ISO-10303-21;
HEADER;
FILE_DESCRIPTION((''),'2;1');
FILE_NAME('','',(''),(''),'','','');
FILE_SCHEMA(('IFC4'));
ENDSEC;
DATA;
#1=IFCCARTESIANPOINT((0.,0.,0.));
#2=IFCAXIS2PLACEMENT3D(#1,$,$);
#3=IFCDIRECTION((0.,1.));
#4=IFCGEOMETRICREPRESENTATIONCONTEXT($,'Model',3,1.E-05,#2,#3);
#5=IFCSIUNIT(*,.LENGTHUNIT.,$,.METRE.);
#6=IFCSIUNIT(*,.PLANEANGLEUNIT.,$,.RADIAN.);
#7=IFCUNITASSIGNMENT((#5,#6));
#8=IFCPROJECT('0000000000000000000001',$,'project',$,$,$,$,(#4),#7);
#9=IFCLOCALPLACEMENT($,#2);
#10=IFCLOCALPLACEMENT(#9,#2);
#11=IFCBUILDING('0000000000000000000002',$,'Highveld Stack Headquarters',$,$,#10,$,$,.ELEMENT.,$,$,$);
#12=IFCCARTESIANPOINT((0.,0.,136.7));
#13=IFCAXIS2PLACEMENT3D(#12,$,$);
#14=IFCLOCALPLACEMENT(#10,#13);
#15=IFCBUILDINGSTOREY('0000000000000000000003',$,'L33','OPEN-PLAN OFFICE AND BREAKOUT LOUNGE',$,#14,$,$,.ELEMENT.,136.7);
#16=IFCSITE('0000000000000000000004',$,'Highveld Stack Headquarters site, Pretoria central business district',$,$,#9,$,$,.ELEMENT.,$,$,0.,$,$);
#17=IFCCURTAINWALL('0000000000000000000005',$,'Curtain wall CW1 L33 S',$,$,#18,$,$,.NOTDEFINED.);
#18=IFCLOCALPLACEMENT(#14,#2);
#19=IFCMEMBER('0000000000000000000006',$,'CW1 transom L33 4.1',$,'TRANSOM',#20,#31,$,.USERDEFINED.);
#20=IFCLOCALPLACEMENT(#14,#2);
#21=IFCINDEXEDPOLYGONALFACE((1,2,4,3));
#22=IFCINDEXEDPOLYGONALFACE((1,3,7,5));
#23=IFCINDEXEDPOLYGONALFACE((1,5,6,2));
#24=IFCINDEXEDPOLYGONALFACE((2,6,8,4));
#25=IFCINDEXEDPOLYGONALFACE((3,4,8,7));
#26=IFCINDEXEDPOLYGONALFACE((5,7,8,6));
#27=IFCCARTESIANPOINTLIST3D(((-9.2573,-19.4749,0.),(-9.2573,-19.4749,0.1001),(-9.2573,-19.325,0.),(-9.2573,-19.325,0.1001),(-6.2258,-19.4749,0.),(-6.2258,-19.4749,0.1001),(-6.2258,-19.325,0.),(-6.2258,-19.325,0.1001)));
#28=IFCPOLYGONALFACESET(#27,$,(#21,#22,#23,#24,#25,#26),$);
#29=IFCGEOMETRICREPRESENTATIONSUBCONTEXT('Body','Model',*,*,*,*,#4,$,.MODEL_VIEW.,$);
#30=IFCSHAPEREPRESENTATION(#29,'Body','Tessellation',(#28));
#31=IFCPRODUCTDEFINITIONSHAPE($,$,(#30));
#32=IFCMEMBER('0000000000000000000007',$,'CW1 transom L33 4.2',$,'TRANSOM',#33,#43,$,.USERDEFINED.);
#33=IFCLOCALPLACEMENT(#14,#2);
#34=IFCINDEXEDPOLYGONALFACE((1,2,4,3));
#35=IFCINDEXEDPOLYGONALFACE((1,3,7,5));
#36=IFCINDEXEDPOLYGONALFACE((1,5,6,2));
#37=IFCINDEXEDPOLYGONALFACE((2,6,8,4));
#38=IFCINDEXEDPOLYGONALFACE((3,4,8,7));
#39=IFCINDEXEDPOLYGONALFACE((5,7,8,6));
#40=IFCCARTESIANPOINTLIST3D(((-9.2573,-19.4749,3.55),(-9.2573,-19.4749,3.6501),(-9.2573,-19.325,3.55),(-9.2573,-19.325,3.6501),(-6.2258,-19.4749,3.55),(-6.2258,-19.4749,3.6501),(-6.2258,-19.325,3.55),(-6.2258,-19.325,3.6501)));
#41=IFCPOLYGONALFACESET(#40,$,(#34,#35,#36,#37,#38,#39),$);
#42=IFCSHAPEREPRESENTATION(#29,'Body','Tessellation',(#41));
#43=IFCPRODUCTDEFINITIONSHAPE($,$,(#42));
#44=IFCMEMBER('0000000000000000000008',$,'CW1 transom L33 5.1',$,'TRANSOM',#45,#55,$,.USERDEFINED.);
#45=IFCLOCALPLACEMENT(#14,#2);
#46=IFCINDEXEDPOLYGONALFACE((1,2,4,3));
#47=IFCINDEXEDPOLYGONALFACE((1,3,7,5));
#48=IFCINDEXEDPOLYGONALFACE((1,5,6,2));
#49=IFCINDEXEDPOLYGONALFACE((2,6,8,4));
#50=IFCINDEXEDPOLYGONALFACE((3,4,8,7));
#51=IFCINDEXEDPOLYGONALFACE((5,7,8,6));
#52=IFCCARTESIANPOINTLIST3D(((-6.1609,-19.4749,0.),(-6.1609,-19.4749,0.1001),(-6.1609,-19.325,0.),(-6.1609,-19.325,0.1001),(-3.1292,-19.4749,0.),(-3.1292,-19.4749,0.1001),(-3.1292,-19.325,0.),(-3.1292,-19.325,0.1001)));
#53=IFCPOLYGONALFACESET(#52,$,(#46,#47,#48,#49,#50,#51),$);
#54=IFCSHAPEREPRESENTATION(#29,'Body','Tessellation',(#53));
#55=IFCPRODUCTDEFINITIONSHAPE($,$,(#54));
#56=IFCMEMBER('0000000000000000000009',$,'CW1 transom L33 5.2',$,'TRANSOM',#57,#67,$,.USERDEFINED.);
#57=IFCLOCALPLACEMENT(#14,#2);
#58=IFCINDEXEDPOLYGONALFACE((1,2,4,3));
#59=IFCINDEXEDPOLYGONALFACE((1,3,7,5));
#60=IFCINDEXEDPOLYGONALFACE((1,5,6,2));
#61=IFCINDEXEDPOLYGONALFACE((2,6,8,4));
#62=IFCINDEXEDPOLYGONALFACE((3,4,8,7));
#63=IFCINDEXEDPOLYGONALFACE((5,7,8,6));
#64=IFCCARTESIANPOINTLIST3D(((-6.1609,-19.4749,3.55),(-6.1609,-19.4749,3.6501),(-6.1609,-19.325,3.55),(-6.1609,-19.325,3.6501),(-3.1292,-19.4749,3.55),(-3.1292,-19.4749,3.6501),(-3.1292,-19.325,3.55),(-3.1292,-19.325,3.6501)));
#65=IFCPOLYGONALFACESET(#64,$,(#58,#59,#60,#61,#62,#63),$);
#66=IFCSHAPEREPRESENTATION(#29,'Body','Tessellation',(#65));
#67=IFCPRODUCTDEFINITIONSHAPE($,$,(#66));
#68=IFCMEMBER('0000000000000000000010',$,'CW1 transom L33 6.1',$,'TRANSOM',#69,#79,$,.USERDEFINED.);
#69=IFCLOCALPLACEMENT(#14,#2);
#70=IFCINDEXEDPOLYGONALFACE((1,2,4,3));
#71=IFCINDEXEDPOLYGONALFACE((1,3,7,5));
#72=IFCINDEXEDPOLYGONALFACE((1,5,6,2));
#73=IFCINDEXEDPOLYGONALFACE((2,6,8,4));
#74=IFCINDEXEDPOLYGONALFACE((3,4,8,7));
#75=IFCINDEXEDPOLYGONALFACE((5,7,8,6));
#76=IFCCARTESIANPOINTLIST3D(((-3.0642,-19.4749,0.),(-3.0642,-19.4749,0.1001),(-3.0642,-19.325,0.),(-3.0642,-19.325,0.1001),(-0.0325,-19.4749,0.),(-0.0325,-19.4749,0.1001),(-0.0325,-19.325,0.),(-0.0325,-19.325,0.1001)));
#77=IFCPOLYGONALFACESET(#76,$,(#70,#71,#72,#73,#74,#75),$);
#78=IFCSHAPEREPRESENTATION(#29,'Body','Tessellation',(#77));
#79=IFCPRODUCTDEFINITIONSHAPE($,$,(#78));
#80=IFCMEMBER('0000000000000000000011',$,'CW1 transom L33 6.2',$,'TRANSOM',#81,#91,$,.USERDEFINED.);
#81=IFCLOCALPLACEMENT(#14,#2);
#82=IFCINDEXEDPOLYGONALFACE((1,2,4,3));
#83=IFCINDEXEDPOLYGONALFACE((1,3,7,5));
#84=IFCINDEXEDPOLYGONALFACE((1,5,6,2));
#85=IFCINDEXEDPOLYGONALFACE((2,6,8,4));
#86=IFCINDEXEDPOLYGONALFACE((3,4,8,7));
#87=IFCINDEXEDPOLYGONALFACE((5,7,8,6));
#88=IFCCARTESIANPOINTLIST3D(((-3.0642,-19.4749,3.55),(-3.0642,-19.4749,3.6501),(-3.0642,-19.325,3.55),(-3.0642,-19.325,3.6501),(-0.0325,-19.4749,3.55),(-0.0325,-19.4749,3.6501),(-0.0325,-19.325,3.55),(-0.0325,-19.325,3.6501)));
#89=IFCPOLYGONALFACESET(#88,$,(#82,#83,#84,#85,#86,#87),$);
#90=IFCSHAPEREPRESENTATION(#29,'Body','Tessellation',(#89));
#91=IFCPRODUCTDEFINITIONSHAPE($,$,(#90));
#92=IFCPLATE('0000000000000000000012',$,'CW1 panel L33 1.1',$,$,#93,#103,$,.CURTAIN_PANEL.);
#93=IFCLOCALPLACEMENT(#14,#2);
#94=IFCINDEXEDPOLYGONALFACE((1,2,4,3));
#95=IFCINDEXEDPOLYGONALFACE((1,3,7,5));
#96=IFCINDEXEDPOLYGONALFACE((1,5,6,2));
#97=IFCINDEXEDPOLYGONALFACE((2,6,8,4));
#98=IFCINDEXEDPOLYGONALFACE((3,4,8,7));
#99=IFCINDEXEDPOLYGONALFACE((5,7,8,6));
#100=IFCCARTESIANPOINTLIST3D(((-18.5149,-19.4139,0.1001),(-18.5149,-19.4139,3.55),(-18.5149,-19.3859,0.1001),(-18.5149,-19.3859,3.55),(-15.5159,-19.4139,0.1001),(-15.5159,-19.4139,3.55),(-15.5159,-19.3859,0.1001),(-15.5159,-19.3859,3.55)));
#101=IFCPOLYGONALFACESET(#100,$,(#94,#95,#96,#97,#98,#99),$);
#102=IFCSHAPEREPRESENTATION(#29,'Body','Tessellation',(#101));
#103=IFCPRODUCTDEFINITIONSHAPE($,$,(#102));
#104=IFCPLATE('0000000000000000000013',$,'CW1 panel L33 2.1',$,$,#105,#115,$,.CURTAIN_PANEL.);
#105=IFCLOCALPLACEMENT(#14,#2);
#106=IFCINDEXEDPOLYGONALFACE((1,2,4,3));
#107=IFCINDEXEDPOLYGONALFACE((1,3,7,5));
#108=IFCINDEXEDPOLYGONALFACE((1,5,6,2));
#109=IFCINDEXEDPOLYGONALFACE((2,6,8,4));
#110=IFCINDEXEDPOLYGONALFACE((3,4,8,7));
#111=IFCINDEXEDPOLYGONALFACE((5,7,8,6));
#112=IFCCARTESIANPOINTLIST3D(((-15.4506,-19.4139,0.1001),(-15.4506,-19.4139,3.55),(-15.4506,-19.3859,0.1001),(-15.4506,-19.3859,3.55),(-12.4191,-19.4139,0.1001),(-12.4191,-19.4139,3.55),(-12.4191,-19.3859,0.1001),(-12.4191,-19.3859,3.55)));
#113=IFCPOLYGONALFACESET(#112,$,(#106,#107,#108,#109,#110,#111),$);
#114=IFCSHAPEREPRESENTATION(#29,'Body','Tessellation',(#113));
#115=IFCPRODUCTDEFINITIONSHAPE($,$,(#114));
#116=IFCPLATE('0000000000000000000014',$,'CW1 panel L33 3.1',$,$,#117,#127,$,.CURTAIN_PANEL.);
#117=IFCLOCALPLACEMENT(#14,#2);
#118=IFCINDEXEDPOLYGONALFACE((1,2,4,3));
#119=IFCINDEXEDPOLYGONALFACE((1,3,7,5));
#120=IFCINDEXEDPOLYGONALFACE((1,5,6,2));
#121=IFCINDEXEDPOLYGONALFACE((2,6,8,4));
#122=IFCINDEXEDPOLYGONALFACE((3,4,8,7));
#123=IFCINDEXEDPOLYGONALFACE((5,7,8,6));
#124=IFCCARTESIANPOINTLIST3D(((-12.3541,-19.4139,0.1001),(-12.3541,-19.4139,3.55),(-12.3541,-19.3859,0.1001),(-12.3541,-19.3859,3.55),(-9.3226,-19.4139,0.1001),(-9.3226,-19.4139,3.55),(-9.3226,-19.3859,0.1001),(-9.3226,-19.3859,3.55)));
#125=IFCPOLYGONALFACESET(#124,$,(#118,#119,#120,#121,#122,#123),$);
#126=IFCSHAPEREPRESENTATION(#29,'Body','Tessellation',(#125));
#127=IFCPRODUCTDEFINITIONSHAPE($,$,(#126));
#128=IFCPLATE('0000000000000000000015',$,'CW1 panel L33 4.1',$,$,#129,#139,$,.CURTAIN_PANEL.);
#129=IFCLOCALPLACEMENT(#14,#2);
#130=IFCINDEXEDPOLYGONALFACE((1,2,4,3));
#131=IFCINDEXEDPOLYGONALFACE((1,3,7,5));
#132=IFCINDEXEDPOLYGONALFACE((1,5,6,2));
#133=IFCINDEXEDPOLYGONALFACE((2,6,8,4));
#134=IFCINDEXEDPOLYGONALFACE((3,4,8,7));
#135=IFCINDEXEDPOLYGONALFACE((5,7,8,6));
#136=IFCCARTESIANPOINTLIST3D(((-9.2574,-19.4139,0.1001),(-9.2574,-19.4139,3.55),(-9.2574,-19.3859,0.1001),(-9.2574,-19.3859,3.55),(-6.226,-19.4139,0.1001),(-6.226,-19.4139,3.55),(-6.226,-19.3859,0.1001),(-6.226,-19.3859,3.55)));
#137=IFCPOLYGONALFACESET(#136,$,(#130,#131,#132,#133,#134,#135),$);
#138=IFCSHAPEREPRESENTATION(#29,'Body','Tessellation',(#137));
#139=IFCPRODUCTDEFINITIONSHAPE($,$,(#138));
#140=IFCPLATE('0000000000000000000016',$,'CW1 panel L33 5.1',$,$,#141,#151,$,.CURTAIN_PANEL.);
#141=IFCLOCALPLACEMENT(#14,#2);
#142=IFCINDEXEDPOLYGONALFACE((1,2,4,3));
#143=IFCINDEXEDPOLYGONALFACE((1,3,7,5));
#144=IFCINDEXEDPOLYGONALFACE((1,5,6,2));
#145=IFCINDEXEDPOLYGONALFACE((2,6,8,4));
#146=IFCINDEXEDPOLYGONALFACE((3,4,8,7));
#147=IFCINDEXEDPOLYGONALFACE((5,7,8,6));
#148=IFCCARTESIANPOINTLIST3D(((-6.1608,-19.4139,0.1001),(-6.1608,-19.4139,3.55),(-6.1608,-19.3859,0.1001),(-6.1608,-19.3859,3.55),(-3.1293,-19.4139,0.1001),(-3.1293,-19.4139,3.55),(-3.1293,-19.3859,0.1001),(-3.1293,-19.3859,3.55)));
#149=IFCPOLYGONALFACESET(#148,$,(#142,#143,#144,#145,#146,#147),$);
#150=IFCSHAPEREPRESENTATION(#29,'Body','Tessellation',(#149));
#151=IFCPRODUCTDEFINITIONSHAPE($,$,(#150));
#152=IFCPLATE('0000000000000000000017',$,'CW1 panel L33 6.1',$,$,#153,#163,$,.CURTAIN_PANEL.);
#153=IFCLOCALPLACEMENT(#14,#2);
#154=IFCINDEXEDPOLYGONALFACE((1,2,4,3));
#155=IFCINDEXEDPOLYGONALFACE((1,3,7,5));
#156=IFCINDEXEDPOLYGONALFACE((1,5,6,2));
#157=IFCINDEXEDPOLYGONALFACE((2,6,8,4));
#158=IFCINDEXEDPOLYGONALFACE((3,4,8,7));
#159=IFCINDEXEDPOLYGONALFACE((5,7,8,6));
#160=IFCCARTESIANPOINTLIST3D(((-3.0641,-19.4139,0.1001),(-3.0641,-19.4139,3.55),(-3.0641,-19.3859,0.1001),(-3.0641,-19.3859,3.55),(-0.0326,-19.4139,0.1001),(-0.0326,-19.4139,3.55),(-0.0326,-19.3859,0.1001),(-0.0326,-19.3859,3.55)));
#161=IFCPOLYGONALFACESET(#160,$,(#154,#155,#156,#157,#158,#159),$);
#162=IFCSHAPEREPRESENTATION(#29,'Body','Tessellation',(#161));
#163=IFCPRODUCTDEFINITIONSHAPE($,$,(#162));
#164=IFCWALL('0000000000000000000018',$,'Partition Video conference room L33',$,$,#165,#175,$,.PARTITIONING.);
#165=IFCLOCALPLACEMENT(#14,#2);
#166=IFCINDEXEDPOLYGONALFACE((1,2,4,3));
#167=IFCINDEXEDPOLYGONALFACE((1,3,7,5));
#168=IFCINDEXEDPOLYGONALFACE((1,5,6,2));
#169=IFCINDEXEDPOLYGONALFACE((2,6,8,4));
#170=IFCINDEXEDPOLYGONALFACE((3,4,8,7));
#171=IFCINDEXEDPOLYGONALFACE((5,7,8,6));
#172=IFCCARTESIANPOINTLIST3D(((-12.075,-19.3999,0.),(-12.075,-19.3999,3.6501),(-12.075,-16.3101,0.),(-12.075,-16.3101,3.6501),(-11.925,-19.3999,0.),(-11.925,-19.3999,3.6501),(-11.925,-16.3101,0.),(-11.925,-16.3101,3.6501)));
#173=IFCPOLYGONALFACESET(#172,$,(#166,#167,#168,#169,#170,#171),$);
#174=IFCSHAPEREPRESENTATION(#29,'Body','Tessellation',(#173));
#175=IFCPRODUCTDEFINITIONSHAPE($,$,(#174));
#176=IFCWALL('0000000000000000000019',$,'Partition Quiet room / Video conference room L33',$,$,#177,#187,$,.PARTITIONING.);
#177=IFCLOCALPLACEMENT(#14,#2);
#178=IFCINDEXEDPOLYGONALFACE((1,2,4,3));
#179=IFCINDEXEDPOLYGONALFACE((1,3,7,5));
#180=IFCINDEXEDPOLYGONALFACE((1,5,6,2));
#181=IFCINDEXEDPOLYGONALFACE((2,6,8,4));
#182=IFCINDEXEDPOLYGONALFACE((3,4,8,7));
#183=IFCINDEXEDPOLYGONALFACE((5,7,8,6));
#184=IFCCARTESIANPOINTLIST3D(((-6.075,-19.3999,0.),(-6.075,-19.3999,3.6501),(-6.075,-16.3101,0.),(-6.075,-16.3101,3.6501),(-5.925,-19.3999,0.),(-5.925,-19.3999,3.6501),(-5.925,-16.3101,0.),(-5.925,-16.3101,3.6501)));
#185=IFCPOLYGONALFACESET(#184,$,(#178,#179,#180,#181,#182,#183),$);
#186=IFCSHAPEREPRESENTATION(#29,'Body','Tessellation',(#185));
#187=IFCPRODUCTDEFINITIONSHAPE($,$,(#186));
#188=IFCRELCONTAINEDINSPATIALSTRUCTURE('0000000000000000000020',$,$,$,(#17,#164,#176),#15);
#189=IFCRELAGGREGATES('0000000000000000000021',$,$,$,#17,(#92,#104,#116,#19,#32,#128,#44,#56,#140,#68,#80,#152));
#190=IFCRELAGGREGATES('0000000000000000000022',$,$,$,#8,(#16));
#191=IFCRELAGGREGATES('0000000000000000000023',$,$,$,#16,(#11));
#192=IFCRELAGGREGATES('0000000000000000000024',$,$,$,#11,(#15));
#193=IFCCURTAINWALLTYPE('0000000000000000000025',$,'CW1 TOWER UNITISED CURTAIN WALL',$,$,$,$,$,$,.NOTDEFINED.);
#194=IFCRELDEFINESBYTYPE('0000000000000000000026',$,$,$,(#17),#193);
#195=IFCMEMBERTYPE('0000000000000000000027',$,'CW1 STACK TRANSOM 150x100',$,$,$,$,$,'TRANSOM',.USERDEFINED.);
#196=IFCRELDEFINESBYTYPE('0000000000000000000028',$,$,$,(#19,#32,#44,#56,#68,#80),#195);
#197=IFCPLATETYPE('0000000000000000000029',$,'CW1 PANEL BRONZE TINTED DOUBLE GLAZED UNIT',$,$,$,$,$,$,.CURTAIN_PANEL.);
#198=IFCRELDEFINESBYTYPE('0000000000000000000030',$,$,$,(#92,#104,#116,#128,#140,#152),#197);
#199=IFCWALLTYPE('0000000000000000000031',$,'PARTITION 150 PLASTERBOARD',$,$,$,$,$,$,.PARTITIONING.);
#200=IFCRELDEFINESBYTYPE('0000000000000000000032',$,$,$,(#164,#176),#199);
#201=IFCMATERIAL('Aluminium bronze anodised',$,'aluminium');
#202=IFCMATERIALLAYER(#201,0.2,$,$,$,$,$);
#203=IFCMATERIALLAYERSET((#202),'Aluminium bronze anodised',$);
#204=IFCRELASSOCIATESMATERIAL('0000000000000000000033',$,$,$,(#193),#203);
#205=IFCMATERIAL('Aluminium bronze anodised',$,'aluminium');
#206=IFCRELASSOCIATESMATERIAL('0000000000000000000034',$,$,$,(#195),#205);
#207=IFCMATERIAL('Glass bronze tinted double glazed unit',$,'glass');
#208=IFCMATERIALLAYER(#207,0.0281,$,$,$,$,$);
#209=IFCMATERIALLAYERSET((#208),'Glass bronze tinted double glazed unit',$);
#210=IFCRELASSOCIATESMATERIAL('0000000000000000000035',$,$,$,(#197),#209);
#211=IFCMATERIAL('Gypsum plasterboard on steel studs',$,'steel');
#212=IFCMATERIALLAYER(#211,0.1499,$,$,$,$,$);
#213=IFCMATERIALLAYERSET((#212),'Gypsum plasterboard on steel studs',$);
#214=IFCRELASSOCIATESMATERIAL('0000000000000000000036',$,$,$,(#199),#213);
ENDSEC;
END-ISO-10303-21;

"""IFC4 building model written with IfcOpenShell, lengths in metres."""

from ifc_helpers import new_model, si_unit, direction, frame, frame_2d, origin, origin_2d, place, context, subcontext, project, spatial, rectangle, extrude, material, layer, layer_set, material_profile, profile_set, type_object, element, aggregate, save


model = new_model("IFC4")

# Units and contexts
model_context = context("Model", 3, precision=1e-05, world=origin(), true_north=direction((0.0, 1.0)))
body_context = subcontext(model_context, "Body", "Model", "MODEL_VIEW")
ifc_project = project(units=[si_unit("LENGTHUNIT", "METRE"), si_unit("PLANEANGLEUNIT", "RADIAN")], contexts=[model_context])

# Site, building, storey
site_placement = place(None, origin())
site = spatial("IfcSite", under=ifc_project, at=site_placement, Name="Highveld Stack Headquarters site, Pretoria central business district", CompositionType="ELEMENT", RefElevation=0.0)
building_placement = place(site_placement, origin())
building = spatial("IfcBuilding", under=site, at=building_placement, Name="Highveld Stack Headquarters", CompositionType="ELEMENT")
storey_placement = place(building_placement, frame((0.0, 0.0, 136.7)))
storey = spatial("IfcBuildingStorey", under=building, at=storey_placement, Name="L33", Description="OPEN-PLAN OFFICE AND BREAKOUT LOUNGE", CompositionType="ELEMENT", Elevation=136.7)

# Curtain wall, members, plates
ifc_material_1 = material(Name="Aluminium bronze anodised", Category="aluminium")
ifc_layer_1 = layer(ifc_material_1, 0.2)
ifc_layer_set_1 = layer_set([ifc_layer_1], Name="Aluminium bronze anodised")
curtain_wall_type = type_object("IfcCurtainWallType", Name="CW1 TOWER UNITISED CURTAIN WALL", PredefinedType="NOTDEFINED", material=ifc_layer_set_1)
curtain_wall_placement = place(storey_placement, origin())
curtain_wall = element("IfcCurtainWall", 1, at=curtain_wall_placement, inside=storey, type_object=curtain_wall_type, Name="Curtain wall CW1 L33 S", PredefinedType="NOTDEFINED")
ifc_material_2 = material(Name="Aluminium bronze anodised", Category="aluminium")
ifc_material_profile_1 = material_profile(ifc_material_2, rectangle(XDim=0.1499, YDim=0.1001, at=origin_2d()), Name="CW1 TRANSOM 150x100")
ifc_profile_set_1 = profile_set([ifc_material_profile_1], Name="Aluminium bronze anodised")
member_type_1 = type_object("IfcMemberType", Name="CW1 STACK TRANSOM 150x100", ElementType="TRANSOM", PredefinedType="USERDEFINED", material=ifc_profile_set_1)
member_1_placement = place(storey_placement, frame((-9.2573, -19.3999, 0.05), z_axis=(1.0, 0.0, 0.0), x_axis=(0.0, 1.0, 0.0)))
member_1 = element("IfcMember", 2, at=member_1_placement, type_object=member_type_1, Name="CW1 transom L33 4.1", ObjectType="TRANSOM", PredefinedType="USERDEFINED", context=body_context, shape_type="SweptSolid", body=[
    extrude(rectangle(XDim=0.1499, YDim=0.1001, at=origin_2d()), origin(), (0.0, 0.0, 1.0), 3.0315),
])
member_2_placement = place(storey_placement, frame((-9.2573, -19.3999, 3.6001), z_axis=(1.0, 0.0, 0.0), x_axis=(0.0, 1.0, 0.0)))
member_2 = element("IfcMember", 3, at=member_2_placement, type_object=member_type_1, Name="CW1 transom L33 4.2", ObjectType="TRANSOM", PredefinedType="USERDEFINED", context=body_context, shape_type="SweptSolid", body=[
    extrude(rectangle(XDim=0.1499, YDim=0.1001, at=origin_2d()), origin(), (0.0, 0.0, 1.0), 3.0315),
])
member_3_placement = place(storey_placement, frame((-6.1609, -19.3999, 0.05), z_axis=(1.0, 0.0, 0.0), x_axis=(0.0, 1.0, 0.0)))
member_3 = element("IfcMember", 4, at=member_3_placement, type_object=member_type_1, Name="CW1 transom L33 5.1", ObjectType="TRANSOM", PredefinedType="USERDEFINED", context=body_context, shape_type="SweptSolid", body=[
    extrude(rectangle(XDim=0.1499, YDim=0.1001, at=origin_2d()), origin(), (0.0, 0.0, 1.0), 3.0317),
])
member_4_placement = place(storey_placement, frame((-6.1609, -19.3999, 3.6001), z_axis=(1.0, 0.0, 0.0), x_axis=(0.0, 1.0, 0.0)))
member_4 = element("IfcMember", 5, at=member_4_placement, type_object=member_type_1, Name="CW1 transom L33 5.2", ObjectType="TRANSOM", PredefinedType="USERDEFINED", context=body_context, shape_type="SweptSolid", body=[
    extrude(rectangle(XDim=0.1499, YDim=0.1001, at=origin_2d()), origin(), (0.0, 0.0, 1.0), 3.0317),
])
member_5_placement = place(storey_placement, frame((-3.0642, -19.3999, 0.05), z_axis=(1.0, 0.0, 0.0), x_axis=(0.0, 1.0, 0.0)))
member_5 = element("IfcMember", 6, at=member_5_placement, type_object=member_type_1, Name="CW1 transom L33 6.1", ObjectType="TRANSOM", PredefinedType="USERDEFINED", context=body_context, shape_type="SweptSolid", body=[
    extrude(rectangle(XDim=0.1499, YDim=0.1001, at=origin_2d()), origin(), (0.0, 0.0, 1.0), 3.0317),
])
member_6_placement = place(storey_placement, frame((-3.0642, -19.3999, 3.6001), z_axis=(1.0, 0.0, 0.0), x_axis=(0.0, 1.0, 0.0)))
member_6 = element("IfcMember", 7, at=member_6_placement, type_object=member_type_1, Name="CW1 transom L33 6.2", ObjectType="TRANSOM", PredefinedType="USERDEFINED", context=body_context, shape_type="SweptSolid", body=[
    extrude(rectangle(XDim=0.1499, YDim=0.1001, at=origin_2d()), origin(), (0.0, 0.0, 1.0), 3.0317),
])
ifc_material_3 = material(Name="Glass bronze tinted double glazed unit", Category="glass")
ifc_layer_2 = layer(ifc_material_3, 0.0281)
ifc_layer_set_2 = layer_set([ifc_layer_2], Name="Glass bronze tinted double glazed unit")
plate_type = type_object("IfcPlateType", Name="CW1 PANEL BRONZE TINTED DOUBLE GLAZED UNIT", PredefinedType="CURTAIN_PANEL", material=ifc_layer_set_2)
plate_1_placement = place(storey_placement, frame((-17.0154, -19.3999, 0.1001), z_axis=(0.0, 0.0, 1.0), x_axis=(1.0, 0.0, 0.0)))
plate_1 = element("IfcPlate", 8, at=plate_1_placement, type_object=plate_type, Name="CW1 panel L33 1.1", PredefinedType="CURTAIN_PANEL", context=body_context, shape_type="SweptSolid", body=[
    extrude(rectangle(XDim=2.999, YDim=0.0281, at=origin_2d()), origin(), (0.0, 0.0, 1.0), 3.45),
])
plate_2_placement = place(storey_placement, frame((-13.9348, -19.3999, 0.1001), z_axis=(0.0, 0.0, 1.0), x_axis=(1.0, 0.0, 0.0)))
plate_2 = element("IfcPlate", 9, at=plate_2_placement, type_object=plate_type, Name="CW1 panel L33 2.1", PredefinedType="CURTAIN_PANEL", context=body_context, shape_type="SweptSolid", body=[
    extrude(rectangle(XDim=3.0315, YDim=0.0281, at=origin_2d()), origin(), (0.0, 0.0, 1.0), 3.45),
])
plate_3_placement = place(storey_placement, frame((-10.8384, -19.3999, 0.1001), z_axis=(0.0, 0.0, 1.0), x_axis=(1.0, 0.0, 0.0)))
plate_3 = element("IfcPlate", 10, at=plate_3_placement, type_object=plate_type, Name="CW1 panel L33 3.1", PredefinedType="CURTAIN_PANEL", context=body_context, shape_type="SweptSolid", body=[
    extrude(rectangle(XDim=3.0315, YDim=0.0281, at=origin_2d()), origin(), (0.0, 0.0, 1.0), 3.45),
])
plate_4_placement = place(storey_placement, frame((-7.7417, -19.3999, 0.1001), z_axis=(0.0, 0.0, 1.0), x_axis=(1.0, 0.0, 0.0)))
plate_4 = element("IfcPlate", 11, at=plate_4_placement, type_object=plate_type, Name="CW1 panel L33 4.1", PredefinedType="CURTAIN_PANEL", context=body_context, shape_type="SweptSolid", body=[
    extrude(rectangle(XDim=3.0315, YDim=0.0281, at=origin_2d()), origin(), (0.0, 0.0, 1.0), 3.45),
])
plate_5_placement = place(storey_placement, frame((-4.645, -19.3999, 0.1001), z_axis=(0.0, 0.0, 1.0), x_axis=(1.0, 0.0, 0.0)))
plate_5 = element("IfcPlate", 12, at=plate_5_placement, type_object=plate_type, Name="CW1 panel L33 5.1", PredefinedType="CURTAIN_PANEL", context=body_context, shape_type="SweptSolid", body=[
    extrude(rectangle(XDim=3.0315, YDim=0.0281, at=origin_2d()), origin(), (0.0, 0.0, 1.0), 3.45),
])
plate_6_placement = place(storey_placement, frame((-1.5483, -19.3999, 0.1001), z_axis=(0.0, 0.0, 1.0), x_axis=(1.0, 0.0, 0.0)))
plate_6 = element("IfcPlate", 13, at=plate_6_placement, type_object=plate_type, Name="CW1 panel L33 6.1", PredefinedType="CURTAIN_PANEL", context=body_context, shape_type="SweptSolid", body=[
    extrude(rectangle(XDim=3.0315, YDim=0.0281, at=origin_2d()), origin(), (0.0, 0.0, 1.0), 3.45),
])
aggregate(curtain_wall, [plate_1, plate_2, plate_3, member_1, member_2, plate_4, member_3, member_4, plate_5, member_5, member_6, plate_6])

# Walls
ifc_material_4 = material(Name="Gypsum plasterboard on steel studs", Category="steel")
ifc_layer_3 = layer(ifc_material_4, 0.1499)
ifc_layer_set_3 = layer_set([ifc_layer_3], Name="Gypsum plasterboard on steel studs")
wall_type = type_object("IfcWallType", Name="PARTITION 150 PLASTERBOARD", PredefinedType="PARTITIONING", material=ifc_layer_set_3)
for number, where, z_axis, x_axis, name in (
    (14, (-12.0, -19.3999, 0.0), (0.0, 0.0, 1.0), (0.0, 1.0, 0.0), "Partition Video conference room L33"),
    (15, (-6.0, -19.3999, 0.0), (0.0, 0.0, 1.0), (0.0, 1.0, 0.0), "Partition Quiet room / Video conference room L33"),
):
    element("IfcWall", number, at=place(storey_placement, frame(where, z_axis=z_axis, x_axis=x_axis)), inside=storey, type_object=wall_type, Name=name, PredefinedType="PARTITIONING", context=body_context, shape_type="SweptSolid", body=[
        extrude(rectangle(XDim=3.0898, YDim=0.1499, at=frame_2d((1.5449, 0.0))), origin(), (0.0, 0.0, 1.0), 3.6501),
    ])

save(model, "model.ifc")
